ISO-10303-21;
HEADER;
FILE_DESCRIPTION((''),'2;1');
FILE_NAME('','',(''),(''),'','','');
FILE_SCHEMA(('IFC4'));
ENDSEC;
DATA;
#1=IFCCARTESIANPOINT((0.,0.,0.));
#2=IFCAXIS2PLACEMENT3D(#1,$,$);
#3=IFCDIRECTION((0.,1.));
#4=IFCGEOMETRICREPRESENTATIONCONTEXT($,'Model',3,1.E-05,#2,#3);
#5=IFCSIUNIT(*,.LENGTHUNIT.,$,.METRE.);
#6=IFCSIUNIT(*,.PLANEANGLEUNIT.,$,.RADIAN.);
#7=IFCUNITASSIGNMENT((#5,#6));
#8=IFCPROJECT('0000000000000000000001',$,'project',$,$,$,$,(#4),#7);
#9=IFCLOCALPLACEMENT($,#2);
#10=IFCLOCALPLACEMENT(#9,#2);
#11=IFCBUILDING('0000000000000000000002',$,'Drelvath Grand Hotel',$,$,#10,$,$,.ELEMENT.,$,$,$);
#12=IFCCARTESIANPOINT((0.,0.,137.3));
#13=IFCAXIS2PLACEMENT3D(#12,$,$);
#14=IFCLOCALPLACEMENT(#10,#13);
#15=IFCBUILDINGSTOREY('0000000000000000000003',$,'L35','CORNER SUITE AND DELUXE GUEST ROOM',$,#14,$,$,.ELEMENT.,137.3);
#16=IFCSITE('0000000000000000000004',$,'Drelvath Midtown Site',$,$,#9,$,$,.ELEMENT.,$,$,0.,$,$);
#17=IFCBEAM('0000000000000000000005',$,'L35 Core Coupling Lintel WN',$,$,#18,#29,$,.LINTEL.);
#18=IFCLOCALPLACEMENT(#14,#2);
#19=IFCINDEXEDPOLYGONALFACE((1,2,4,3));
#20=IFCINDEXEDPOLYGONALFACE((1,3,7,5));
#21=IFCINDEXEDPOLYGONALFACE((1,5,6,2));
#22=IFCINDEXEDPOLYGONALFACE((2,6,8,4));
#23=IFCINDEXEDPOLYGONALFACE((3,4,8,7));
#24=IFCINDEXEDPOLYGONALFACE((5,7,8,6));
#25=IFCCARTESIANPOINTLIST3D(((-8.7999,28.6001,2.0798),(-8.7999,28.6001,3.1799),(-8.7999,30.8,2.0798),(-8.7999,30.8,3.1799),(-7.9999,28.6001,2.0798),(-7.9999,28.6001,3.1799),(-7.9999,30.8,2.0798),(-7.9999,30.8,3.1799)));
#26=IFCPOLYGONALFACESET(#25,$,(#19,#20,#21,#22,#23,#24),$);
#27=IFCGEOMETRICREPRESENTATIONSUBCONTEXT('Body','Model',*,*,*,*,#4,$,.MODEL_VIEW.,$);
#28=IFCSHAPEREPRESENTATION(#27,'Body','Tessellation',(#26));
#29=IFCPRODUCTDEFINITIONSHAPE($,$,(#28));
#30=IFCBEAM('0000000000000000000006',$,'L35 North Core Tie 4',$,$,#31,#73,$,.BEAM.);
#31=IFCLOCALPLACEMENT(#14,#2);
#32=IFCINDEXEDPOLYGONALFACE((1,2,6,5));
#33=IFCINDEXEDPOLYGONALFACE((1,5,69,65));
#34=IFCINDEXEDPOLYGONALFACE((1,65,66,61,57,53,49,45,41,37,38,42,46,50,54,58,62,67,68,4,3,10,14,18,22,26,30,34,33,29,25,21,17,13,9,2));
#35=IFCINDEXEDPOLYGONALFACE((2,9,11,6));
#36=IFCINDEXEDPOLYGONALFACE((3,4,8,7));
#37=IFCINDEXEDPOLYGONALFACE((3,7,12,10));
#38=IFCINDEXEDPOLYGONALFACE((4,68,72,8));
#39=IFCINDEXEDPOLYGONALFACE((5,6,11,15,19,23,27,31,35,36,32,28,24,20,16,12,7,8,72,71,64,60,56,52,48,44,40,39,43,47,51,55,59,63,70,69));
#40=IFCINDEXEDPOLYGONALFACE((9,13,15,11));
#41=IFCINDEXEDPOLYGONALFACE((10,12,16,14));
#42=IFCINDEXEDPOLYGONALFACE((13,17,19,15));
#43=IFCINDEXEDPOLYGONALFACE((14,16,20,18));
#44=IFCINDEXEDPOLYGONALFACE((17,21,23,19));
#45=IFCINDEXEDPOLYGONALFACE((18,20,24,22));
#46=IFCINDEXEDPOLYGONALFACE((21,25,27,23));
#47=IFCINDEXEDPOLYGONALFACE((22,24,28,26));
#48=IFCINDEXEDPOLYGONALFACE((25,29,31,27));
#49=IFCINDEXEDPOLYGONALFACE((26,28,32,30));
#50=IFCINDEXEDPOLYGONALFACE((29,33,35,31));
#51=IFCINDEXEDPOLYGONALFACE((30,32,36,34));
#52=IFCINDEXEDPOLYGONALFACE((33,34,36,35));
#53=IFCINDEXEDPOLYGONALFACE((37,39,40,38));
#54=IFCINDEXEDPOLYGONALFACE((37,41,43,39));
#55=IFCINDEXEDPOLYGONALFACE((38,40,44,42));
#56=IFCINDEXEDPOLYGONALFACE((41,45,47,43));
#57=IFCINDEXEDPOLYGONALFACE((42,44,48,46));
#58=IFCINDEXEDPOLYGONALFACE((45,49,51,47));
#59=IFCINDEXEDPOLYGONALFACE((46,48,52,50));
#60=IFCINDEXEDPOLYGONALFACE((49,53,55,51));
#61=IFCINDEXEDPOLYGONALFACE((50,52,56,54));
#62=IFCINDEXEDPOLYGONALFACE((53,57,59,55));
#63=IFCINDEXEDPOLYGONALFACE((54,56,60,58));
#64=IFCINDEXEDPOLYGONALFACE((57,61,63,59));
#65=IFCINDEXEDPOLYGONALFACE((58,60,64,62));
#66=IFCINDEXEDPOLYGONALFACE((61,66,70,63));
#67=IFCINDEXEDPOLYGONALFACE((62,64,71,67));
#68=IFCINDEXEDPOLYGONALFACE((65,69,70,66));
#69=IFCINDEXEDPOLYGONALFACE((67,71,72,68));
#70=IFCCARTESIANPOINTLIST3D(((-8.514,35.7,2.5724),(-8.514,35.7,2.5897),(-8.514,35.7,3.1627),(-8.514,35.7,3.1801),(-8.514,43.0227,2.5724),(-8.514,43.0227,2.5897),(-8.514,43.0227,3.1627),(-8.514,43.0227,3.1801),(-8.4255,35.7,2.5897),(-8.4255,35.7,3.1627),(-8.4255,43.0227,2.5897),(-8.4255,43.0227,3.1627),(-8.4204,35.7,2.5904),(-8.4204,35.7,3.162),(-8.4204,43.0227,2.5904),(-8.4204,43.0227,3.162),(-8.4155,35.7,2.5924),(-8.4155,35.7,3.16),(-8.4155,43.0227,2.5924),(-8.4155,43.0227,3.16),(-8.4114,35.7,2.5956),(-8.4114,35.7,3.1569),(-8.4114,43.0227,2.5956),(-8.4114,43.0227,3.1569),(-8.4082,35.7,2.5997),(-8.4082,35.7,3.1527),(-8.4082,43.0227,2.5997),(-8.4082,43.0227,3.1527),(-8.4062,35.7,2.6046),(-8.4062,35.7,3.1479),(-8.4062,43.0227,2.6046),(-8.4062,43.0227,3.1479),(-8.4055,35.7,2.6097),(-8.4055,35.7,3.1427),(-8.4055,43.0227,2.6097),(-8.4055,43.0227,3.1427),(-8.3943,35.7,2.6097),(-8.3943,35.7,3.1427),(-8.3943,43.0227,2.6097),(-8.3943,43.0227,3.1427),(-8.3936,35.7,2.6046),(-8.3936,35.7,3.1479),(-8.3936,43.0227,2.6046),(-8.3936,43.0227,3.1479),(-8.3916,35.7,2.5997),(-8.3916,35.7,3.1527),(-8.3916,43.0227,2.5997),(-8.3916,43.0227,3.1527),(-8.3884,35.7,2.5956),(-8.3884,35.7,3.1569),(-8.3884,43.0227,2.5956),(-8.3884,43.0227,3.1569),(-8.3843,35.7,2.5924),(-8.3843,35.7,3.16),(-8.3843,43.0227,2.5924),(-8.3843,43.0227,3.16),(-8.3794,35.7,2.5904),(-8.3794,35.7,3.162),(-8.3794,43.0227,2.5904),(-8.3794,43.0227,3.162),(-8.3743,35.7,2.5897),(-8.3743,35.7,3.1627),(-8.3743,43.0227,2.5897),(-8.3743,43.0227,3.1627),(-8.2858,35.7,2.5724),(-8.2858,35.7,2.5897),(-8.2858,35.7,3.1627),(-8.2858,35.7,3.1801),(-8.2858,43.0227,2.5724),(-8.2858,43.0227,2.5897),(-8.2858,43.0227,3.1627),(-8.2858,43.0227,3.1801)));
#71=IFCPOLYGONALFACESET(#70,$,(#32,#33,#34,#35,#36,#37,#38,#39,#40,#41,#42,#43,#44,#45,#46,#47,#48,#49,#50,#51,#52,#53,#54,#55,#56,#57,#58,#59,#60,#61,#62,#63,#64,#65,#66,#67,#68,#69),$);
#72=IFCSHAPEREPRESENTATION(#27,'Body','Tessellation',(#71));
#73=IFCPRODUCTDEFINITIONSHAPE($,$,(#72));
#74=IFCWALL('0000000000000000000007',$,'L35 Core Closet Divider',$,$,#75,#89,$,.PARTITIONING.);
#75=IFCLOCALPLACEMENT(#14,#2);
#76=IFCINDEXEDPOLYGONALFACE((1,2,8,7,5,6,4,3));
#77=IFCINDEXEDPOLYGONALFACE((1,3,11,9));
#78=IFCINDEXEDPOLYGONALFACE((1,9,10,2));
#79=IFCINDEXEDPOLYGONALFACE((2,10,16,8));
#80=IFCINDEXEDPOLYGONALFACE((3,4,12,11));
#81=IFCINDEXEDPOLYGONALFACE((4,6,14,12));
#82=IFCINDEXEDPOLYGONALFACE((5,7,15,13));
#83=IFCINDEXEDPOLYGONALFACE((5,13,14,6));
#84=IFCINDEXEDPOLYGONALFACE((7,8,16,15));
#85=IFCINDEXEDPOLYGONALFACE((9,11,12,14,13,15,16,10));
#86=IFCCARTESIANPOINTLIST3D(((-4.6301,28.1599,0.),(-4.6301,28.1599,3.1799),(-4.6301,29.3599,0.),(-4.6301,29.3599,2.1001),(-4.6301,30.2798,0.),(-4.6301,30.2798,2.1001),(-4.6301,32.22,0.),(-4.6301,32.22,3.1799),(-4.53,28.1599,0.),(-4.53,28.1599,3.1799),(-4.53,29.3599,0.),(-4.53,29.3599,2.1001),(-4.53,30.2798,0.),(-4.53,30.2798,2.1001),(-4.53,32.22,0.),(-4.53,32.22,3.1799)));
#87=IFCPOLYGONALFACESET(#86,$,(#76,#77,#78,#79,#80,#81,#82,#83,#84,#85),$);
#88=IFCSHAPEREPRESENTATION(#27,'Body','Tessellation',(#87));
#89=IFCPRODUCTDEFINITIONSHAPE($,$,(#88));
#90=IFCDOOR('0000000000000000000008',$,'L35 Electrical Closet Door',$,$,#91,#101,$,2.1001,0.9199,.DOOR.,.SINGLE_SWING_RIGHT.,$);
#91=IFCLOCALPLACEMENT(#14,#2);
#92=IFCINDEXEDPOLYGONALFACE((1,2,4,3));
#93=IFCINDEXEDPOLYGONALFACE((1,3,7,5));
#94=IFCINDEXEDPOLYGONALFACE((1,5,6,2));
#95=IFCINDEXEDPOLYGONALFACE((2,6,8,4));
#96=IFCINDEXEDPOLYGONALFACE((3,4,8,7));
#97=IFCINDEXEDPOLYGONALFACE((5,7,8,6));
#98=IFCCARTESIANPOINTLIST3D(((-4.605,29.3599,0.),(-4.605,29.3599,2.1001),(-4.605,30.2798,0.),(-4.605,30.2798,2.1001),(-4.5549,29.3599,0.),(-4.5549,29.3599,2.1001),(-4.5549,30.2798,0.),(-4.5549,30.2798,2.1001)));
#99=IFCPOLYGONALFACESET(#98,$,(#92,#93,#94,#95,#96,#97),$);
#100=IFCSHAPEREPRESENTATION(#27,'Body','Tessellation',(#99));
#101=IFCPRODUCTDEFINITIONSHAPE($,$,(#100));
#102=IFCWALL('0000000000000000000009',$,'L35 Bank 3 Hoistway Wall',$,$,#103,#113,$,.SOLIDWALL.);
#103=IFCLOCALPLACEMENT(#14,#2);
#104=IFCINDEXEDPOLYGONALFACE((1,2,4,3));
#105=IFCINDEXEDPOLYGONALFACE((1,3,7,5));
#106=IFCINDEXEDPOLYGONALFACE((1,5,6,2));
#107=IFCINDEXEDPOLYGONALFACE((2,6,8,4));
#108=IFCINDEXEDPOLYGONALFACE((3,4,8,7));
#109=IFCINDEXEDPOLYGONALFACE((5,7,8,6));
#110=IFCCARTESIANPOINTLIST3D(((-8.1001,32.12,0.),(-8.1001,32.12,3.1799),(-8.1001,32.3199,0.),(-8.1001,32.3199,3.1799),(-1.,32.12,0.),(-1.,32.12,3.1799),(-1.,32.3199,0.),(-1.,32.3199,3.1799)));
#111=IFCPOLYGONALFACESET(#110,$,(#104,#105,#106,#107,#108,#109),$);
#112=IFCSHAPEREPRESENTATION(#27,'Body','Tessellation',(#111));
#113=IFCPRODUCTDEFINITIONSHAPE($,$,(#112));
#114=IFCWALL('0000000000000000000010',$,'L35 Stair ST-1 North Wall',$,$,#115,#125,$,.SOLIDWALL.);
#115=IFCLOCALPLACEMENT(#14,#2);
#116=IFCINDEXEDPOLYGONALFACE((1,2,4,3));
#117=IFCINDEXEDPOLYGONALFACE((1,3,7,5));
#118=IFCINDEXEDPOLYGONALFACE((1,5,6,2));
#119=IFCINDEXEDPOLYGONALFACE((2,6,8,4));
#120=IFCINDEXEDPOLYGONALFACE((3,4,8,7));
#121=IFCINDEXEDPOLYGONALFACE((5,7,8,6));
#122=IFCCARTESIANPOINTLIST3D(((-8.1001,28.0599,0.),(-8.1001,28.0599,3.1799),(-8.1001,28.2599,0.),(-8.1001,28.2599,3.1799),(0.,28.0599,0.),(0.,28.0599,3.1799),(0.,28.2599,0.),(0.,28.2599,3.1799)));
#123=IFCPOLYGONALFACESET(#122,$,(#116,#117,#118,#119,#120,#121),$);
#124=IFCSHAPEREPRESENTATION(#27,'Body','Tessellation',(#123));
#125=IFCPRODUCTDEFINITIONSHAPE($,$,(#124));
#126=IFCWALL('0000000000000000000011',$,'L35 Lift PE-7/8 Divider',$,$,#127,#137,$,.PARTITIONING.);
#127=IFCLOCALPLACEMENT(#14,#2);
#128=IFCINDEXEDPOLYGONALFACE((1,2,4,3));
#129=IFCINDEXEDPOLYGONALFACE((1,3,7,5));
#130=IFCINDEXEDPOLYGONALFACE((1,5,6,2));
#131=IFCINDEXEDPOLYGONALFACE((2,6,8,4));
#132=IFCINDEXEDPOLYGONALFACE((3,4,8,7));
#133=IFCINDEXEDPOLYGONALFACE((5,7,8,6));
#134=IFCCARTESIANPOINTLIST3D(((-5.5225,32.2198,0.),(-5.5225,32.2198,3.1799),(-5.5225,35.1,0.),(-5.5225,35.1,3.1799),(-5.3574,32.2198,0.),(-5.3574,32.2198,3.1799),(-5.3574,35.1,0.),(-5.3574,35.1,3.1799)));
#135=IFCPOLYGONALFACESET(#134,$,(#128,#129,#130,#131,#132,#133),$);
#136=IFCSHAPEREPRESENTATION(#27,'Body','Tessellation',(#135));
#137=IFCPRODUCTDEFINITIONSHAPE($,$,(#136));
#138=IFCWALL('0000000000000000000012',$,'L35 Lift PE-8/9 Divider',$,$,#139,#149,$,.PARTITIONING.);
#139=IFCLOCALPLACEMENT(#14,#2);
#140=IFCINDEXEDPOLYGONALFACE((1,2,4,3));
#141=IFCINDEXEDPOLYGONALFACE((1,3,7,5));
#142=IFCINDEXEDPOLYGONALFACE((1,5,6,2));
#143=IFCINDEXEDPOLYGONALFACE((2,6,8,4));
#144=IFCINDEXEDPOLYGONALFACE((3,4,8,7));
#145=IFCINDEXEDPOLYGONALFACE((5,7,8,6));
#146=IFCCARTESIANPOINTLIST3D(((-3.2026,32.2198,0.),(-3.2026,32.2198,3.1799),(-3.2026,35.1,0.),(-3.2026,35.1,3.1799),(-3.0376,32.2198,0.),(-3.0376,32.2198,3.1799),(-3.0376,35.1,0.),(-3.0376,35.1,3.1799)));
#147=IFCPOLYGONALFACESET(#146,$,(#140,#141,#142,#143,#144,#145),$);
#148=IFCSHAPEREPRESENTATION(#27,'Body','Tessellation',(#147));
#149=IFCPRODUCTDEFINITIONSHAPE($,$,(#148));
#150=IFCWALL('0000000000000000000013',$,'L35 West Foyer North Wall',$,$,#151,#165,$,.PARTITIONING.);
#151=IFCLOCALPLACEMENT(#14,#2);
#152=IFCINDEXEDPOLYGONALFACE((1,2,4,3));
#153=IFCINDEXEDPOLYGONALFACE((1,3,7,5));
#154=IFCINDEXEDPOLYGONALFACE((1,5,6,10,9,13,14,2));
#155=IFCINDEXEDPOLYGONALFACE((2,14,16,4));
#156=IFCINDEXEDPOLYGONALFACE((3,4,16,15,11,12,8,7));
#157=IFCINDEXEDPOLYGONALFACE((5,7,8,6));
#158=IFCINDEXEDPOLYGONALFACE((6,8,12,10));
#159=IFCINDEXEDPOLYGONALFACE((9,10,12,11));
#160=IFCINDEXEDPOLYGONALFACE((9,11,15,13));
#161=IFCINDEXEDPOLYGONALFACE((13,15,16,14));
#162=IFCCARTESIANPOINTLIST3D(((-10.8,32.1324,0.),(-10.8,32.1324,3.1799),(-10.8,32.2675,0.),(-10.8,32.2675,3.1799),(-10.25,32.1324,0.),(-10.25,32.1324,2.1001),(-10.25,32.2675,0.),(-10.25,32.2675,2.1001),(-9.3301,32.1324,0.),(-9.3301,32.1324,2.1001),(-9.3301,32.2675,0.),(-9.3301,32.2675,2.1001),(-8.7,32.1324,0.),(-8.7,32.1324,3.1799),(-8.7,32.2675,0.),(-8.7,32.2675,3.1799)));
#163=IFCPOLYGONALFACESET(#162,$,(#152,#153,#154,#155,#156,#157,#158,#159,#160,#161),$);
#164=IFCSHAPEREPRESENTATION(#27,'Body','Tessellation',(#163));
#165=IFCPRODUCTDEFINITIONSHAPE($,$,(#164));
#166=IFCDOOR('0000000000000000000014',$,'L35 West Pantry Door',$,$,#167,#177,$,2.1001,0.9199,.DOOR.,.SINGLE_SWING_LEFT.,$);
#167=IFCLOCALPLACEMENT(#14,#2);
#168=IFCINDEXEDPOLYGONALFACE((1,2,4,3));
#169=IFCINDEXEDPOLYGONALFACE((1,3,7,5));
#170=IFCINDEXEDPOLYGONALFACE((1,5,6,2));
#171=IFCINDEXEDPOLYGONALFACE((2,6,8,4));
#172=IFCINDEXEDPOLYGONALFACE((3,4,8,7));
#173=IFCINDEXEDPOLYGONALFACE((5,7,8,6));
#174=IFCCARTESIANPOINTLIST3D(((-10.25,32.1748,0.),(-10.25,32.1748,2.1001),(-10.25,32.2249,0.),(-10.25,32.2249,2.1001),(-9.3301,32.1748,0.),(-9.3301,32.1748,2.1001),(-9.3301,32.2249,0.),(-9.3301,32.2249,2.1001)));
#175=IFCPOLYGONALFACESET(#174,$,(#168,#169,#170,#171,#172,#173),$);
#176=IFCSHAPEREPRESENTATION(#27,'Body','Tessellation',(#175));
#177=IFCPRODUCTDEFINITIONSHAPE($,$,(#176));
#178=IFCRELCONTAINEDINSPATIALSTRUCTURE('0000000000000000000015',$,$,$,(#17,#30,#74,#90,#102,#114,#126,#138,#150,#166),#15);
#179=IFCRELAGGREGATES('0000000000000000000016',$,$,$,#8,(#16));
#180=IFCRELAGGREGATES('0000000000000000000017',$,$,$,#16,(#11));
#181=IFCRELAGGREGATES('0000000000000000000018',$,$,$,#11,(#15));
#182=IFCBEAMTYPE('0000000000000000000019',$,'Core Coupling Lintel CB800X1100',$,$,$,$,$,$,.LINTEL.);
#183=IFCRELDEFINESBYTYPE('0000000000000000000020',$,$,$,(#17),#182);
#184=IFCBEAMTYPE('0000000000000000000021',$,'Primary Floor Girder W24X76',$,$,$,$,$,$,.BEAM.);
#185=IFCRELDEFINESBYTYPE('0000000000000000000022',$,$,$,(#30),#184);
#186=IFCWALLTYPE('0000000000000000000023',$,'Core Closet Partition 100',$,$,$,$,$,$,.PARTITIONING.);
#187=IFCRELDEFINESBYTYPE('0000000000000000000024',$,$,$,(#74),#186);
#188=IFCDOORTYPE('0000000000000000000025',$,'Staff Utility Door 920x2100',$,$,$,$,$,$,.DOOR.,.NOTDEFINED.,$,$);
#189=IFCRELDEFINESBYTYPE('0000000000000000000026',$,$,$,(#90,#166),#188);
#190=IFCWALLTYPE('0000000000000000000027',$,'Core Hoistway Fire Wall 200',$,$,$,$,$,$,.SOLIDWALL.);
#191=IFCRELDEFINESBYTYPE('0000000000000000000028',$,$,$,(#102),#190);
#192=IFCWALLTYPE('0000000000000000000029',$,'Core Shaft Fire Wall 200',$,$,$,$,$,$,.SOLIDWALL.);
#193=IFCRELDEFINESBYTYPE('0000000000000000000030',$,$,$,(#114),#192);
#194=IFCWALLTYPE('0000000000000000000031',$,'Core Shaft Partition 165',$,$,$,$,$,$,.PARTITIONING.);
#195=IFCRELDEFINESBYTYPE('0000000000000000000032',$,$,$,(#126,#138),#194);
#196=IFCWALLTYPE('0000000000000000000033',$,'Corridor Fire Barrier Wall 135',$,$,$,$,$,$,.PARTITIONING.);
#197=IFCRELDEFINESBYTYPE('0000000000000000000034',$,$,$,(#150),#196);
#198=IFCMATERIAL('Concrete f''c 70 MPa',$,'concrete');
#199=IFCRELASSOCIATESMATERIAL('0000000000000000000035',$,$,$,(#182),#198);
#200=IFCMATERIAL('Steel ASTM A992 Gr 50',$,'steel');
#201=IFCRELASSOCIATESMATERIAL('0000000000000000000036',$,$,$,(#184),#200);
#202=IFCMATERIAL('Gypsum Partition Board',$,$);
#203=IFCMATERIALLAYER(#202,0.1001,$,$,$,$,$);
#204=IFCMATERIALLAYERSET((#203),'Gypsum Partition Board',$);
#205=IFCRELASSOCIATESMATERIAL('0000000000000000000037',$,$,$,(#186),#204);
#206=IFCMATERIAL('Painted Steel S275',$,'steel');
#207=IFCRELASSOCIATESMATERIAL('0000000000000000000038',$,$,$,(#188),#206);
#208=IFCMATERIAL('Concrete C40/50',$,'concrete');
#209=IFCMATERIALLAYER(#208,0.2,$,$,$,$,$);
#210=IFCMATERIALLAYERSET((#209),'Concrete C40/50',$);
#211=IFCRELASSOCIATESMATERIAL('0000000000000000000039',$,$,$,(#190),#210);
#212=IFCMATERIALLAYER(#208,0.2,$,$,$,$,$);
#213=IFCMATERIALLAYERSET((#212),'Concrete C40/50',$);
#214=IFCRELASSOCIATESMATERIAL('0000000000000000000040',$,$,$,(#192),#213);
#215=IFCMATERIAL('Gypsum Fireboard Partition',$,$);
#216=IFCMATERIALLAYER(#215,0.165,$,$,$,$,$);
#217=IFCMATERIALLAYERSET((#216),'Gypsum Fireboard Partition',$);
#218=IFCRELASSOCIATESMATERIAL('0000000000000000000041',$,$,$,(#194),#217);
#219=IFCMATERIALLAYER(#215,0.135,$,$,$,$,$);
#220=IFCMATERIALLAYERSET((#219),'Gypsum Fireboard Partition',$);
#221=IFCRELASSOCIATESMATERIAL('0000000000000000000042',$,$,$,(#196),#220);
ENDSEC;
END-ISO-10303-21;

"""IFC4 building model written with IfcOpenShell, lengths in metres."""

from ifc_helpers import new_model, si_unit, direction, frame, frame_2d, origin, origin_2d, place, context, subcontext, project, spatial, rectangle, i_section, extrude, material, layer, layer_set, material_profile, profile_set, type_object, element, fill, save


model = new_model("IFC4")

# Units and contexts
model_context = context("Model", 3, precision=1e-05, world=origin(), true_north=direction((0.0, 1.0)))
body_context = subcontext(model_context, "Body", "Model", "MODEL_VIEW")
ifc_project = project(units=[si_unit("LENGTHUNIT", "METRE"), si_unit("PLANEANGLEUNIT", "RADIAN")], contexts=[model_context])

# Site, building, storey
site_placement = place(None, origin())
site = spatial("IfcSite", under=ifc_project, at=site_placement, Name="Drelvath Midtown Site", CompositionType="ELEMENT", RefElevation=0.0)
building_placement = place(site_placement, origin())
building = spatial("IfcBuilding", under=site, at=building_placement, Name="Drelvath Grand Hotel", CompositionType="ELEMENT")
storey_placement = place(building_placement, frame((0.0, 0.0, 137.3)))
storey = spatial("IfcBuildingStorey", under=building, at=storey_placement, Name="L35", Description="CORNER SUITE AND DELUXE GUEST ROOM", CompositionType="ELEMENT", Elevation=137.3)

# Beams
ifc_material_1 = material(Name="Concrete f'c 70 MPa", Category="concrete")
ifc_material_profile_1 = material_profile(ifc_material_1, rectangle(XDim=0.8, YDim=1.1001, at=origin_2d()), Name="CB800X1100")
ifc_profile_set_1 = profile_set([ifc_material_profile_1], Name="Concrete f'c 70 MPa")
beam_type_1 = type_object("IfcBeamType", Name="Core Coupling Lintel CB800X1100", PredefinedType="LINTEL", material=ifc_profile_set_1)
beam_1_placement = place(storey_placement, frame((-8.3999, 28.6001, 2.6299), z_axis=(0.0, 1.0, 0.0), x_axis=(-1.0, 0.0, 0.0)))
element("IfcBeam", 1, at=beam_1_placement, inside=storey, type_object=beam_type_1, Name="L35 Core Coupling Lintel WN", PredefinedType="LINTEL", context=body_context, shape_type="SweptSolid", body=[
    extrude(rectangle(XDim=0.8, YDim=1.1001, at=origin_2d()), origin(), (0.0, 0.0, 1.0), 2.2),
])
ifc_material_2 = material(Name="Steel ASTM A992 Gr 50", Category="steel")
ifc_material_profile_2 = material_profile(ifc_material_2, i_section(OverallWidth=0.2283, OverallDepth=0.6077, WebThickness=0.0112, FlangeThickness=0.0173, FilletRadius=0.02, at=origin_2d()), Name="W24X76")
ifc_profile_set_2 = profile_set([ifc_material_profile_2], Name="Steel ASTM A992 Gr 50")
beam_type_2 = type_object("IfcBeamType", Name="Primary Floor Girder W24X76", PredefinedType="BEAM", material=ifc_profile_set_2)
beam_2_placement = place(storey_placement, frame((-8.3999, 35.7, 2.8762), z_axis=(0.0, 1.0, 0.0), x_axis=(-1.0, 0.0, 0.0)))
element("IfcBeam", 2, at=beam_2_placement, inside=storey, type_object=beam_type_2, Name="L35 North Core Tie 4", PredefinedType="BEAM", context=body_context, shape_type="SweptSolid", body=[
    extrude(i_section(OverallWidth=0.2283, OverallDepth=0.6077, WebThickness=0.0112, FlangeThickness=0.0173, FilletRadius=0.02, at=origin_2d()), origin(), (0.0, 0.0, 1.0), 7.3228),
])

# Wall, opening, door
ifc_material_3 = material(Name="Gypsum Partition Board")
ifc_layer_1 = layer(ifc_material_3, 0.1001)
ifc_layer_set_1 = layer_set([ifc_layer_1], Name="Gypsum Partition Board")
wall_type_1 = type_object("IfcWallType", Name="Core Closet Partition 100", PredefinedType="PARTITIONING", material=ifc_layer_set_1)
wall_1_placement = place(storey_placement, frame((-4.5801, 28.1599, 0.0), z_axis=(0.0, 0.0, 1.0), x_axis=(0.0, 1.0, 0.0)))
wall_1 = element("IfcWall", 3, at=wall_1_placement, inside=storey, type_object=wall_type_1, Name="L35 Core Closet Divider", PredefinedType="PARTITIONING", context=body_context, shape_type="SweptSolid", body=[
    extrude(rectangle(XDim=4.0601, YDim=0.1001, at=frame_2d((2.03, 0.0))), origin(), (0.0, 0.0, 1.0), 3.1799),
])
opening_1_placement = place(wall_1_placement, frame((1.2, 0.0, 0.0)))
opening_1 = element("IfcOpeningElement", 4, at=opening_1_placement, cuts=wall_1, PredefinedType="OPENING", context=body_context, shape_type="SweptSolid", body=[
    extrude(rectangle(XDim=0.9199, YDim=2.1001, at=frame_2d((0.46, 1.05))), frame((0.0, 0.0601, 0.0), z_axis=(0.0, -1.0, 0.0), x_axis=(1.0, 0.0, 0.0)), (0.0, 0.0, 1.0), 0.1201),
])
ifc_material_4 = material(Name="Painted Steel S275", Category="steel")
door_type = type_object("IfcDoorType", Name="Staff Utility Door 920x2100", OperationType="NOTDEFINED", PredefinedType="DOOR", material=ifc_material_4)
door_1_placement = place(opening_1_placement, origin())
door_1 = element("IfcDoor", 5, at=door_1_placement, inside=storey, type_object=door_type, Name="L35 Electrical Closet Door", OperationType="SINGLE_SWING_RIGHT", OverallHeight=2.1001, OverallWidth=0.9199, PredefinedType="DOOR", context=body_context, shape_type="SweptSolid", body=[
    extrude(rectangle(XDim=0.9199, YDim=2.1001, at=frame_2d((0.46, 1.05))), frame((0.0, 0.0249, 0.0), z_axis=(0.0, -1.0, 0.0), x_axis=(1.0, 0.0, 0.0)), (0.0, 0.0, 1.0), 0.05),
])
fill(opening_1, door_1)

# Walls
ifc_material_5 = material(Name="Concrete C40/50", Category="concrete")
ifc_layer_2 = layer(ifc_material_5, 0.2)
ifc_layer_set_2 = layer_set([ifc_layer_2], Name="Concrete C40/50")
wall_type_2 = type_object("IfcWallType", Name="Core Hoistway Fire Wall 200", PredefinedType="SOLIDWALL", material=ifc_layer_set_2)
wall_2_placement = place(storey_placement, frame((-8.1001, 32.22, 0.0), z_axis=(0.0, 0.0, 1.0), x_axis=(1.0, 0.0, 0.0)))
element("IfcWall", 6, at=wall_2_placement, inside=storey, type_object=wall_type_2, Name="L35 Bank 3 Hoistway Wall", PredefinedType="SOLIDWALL", context=body_context, shape_type="SweptSolid", body=[
    extrude(rectangle(XDim=7.1001, YDim=0.2, at=frame_2d((3.55, 0.0))), origin(), (0.0, 0.0, 1.0), 3.1799),
])
ifc_layer_3 = layer(ifc_material_5, 0.2)
ifc_layer_set_3 = layer_set([ifc_layer_3], Name="Concrete C40/50")
wall_type_3 = type_object("IfcWallType", Name="Core Shaft Fire Wall 200", PredefinedType="SOLIDWALL", material=ifc_layer_set_3)
wall_3_placement = place(storey_placement, frame((-8.1001, 28.1599, 0.0), z_axis=(0.0, 0.0, 1.0), x_axis=(1.0, 0.0, 0.0)))
element("IfcWall", 7, at=wall_3_placement, inside=storey, type_object=wall_type_3, Name="L35 Stair ST-1 North Wall", PredefinedType="SOLIDWALL", context=body_context, shape_type="SweptSolid", body=[
    extrude(rectangle(XDim=8.1001, YDim=0.2, at=frame_2d((4.05, 0.0))), origin(), (0.0, 0.0, 1.0), 3.1799),
])
ifc_material_6 = material(Name="Gypsum Fireboard Partition")
ifc_layer_4 = layer(ifc_material_6, 0.165)
ifc_layer_set_4 = layer_set([ifc_layer_4], Name="Gypsum Fireboard Partition")
wall_type_4 = type_object("IfcWallType", Name="Core Shaft Partition 165", PredefinedType="PARTITIONING", material=ifc_layer_set_4)
for number, where, z_axis, x_axis, name in (
    (8, (-5.4399, 32.22, 0.0), (0.0, 0.0, 1.0), (0.0, 1.0, 0.0), "L35 Lift PE-7/8 Divider"),
    (9, (-3.1201, 32.22, 0.0), (0.0, 0.0, 1.0), (0.0, 1.0, 0.0), "L35 Lift PE-8/9 Divider"),
):
    element("IfcWall", number, at=place(storey_placement, frame(where, z_axis=z_axis, x_axis=x_axis)), inside=storey, type_object=wall_type_4, Name=name, PredefinedType="PARTITIONING", context=body_context, shape_type="SweptSolid", body=[
        extrude(rectangle(XDim=2.8801, YDim=0.165, at=frame_2d((1.4399, 0.0))), origin(), (0.0, 0.0, 1.0), 3.1799),
    ])

# Wall, opening, door
ifc_layer_5 = layer(ifc_material_6, 0.135)
ifc_layer_set_5 = layer_set([ifc_layer_5], Name="Gypsum Fireboard Partition")
wall_type_5 = type_object("IfcWallType", Name="Corridor Fire Barrier Wall 135", PredefinedType="PARTITIONING", material=ifc_layer_set_5)
wall_4_placement = place(storey_placement, frame((-10.8, 32.2, 0.0), z_axis=(0.0, 0.0, 1.0), x_axis=(1.0, 0.0, 0.0)))
wall_4 = element("IfcWall", 10, at=wall_4_placement, inside=storey, type_object=wall_type_5, Name="L35 West Foyer North Wall", PredefinedType="PARTITIONING", context=body_context, shape_type="SweptSolid", body=[
    extrude(rectangle(XDim=2.1001, YDim=0.135, at=frame_2d((1.05, 0.0))), origin(), (0.0, 0.0, 1.0), 3.1799),
])
opening_2_placement = place(wall_4_placement, frame((0.55, 0.0, 0.0)))
opening_2 = element("IfcOpeningElement", 11, at=opening_2_placement, cuts=wall_4, PredefinedType="OPENING", context=body_context, shape_type="SweptSolid", body=[
    extrude(rectangle(XDim=0.9199, YDim=2.1001, at=frame_2d((0.46, 1.05))), frame((0.0, 0.0774, 0.0), z_axis=(0.0, -1.0, 0.0), x_axis=(1.0, 0.0, 0.0)), (0.0, 0.0, 1.0), 0.155),
])
door_2_placement = place(opening_2_placement, origin())
door_2 = element("IfcDoor", 12, at=door_2_placement, inside=storey, type_object=door_type, Name="L35 West Pantry Door", OperationType="SINGLE_SWING_LEFT", OverallHeight=2.1001, OverallWidth=0.9199, PredefinedType="DOOR", context=body_context, shape_type="SweptSolid", body=[
    extrude(rectangle(XDim=0.9199, YDim=2.1001, at=frame_2d((0.46, 1.05))), frame((0.0, 0.0249, 0.0), z_axis=(0.0, -1.0, 0.0), x_axis=(1.0, 0.0, 0.0)), (0.0, 0.0, 1.0), 0.05),
])
fill(opening_2, door_2)

save(model, "model.ifc")
